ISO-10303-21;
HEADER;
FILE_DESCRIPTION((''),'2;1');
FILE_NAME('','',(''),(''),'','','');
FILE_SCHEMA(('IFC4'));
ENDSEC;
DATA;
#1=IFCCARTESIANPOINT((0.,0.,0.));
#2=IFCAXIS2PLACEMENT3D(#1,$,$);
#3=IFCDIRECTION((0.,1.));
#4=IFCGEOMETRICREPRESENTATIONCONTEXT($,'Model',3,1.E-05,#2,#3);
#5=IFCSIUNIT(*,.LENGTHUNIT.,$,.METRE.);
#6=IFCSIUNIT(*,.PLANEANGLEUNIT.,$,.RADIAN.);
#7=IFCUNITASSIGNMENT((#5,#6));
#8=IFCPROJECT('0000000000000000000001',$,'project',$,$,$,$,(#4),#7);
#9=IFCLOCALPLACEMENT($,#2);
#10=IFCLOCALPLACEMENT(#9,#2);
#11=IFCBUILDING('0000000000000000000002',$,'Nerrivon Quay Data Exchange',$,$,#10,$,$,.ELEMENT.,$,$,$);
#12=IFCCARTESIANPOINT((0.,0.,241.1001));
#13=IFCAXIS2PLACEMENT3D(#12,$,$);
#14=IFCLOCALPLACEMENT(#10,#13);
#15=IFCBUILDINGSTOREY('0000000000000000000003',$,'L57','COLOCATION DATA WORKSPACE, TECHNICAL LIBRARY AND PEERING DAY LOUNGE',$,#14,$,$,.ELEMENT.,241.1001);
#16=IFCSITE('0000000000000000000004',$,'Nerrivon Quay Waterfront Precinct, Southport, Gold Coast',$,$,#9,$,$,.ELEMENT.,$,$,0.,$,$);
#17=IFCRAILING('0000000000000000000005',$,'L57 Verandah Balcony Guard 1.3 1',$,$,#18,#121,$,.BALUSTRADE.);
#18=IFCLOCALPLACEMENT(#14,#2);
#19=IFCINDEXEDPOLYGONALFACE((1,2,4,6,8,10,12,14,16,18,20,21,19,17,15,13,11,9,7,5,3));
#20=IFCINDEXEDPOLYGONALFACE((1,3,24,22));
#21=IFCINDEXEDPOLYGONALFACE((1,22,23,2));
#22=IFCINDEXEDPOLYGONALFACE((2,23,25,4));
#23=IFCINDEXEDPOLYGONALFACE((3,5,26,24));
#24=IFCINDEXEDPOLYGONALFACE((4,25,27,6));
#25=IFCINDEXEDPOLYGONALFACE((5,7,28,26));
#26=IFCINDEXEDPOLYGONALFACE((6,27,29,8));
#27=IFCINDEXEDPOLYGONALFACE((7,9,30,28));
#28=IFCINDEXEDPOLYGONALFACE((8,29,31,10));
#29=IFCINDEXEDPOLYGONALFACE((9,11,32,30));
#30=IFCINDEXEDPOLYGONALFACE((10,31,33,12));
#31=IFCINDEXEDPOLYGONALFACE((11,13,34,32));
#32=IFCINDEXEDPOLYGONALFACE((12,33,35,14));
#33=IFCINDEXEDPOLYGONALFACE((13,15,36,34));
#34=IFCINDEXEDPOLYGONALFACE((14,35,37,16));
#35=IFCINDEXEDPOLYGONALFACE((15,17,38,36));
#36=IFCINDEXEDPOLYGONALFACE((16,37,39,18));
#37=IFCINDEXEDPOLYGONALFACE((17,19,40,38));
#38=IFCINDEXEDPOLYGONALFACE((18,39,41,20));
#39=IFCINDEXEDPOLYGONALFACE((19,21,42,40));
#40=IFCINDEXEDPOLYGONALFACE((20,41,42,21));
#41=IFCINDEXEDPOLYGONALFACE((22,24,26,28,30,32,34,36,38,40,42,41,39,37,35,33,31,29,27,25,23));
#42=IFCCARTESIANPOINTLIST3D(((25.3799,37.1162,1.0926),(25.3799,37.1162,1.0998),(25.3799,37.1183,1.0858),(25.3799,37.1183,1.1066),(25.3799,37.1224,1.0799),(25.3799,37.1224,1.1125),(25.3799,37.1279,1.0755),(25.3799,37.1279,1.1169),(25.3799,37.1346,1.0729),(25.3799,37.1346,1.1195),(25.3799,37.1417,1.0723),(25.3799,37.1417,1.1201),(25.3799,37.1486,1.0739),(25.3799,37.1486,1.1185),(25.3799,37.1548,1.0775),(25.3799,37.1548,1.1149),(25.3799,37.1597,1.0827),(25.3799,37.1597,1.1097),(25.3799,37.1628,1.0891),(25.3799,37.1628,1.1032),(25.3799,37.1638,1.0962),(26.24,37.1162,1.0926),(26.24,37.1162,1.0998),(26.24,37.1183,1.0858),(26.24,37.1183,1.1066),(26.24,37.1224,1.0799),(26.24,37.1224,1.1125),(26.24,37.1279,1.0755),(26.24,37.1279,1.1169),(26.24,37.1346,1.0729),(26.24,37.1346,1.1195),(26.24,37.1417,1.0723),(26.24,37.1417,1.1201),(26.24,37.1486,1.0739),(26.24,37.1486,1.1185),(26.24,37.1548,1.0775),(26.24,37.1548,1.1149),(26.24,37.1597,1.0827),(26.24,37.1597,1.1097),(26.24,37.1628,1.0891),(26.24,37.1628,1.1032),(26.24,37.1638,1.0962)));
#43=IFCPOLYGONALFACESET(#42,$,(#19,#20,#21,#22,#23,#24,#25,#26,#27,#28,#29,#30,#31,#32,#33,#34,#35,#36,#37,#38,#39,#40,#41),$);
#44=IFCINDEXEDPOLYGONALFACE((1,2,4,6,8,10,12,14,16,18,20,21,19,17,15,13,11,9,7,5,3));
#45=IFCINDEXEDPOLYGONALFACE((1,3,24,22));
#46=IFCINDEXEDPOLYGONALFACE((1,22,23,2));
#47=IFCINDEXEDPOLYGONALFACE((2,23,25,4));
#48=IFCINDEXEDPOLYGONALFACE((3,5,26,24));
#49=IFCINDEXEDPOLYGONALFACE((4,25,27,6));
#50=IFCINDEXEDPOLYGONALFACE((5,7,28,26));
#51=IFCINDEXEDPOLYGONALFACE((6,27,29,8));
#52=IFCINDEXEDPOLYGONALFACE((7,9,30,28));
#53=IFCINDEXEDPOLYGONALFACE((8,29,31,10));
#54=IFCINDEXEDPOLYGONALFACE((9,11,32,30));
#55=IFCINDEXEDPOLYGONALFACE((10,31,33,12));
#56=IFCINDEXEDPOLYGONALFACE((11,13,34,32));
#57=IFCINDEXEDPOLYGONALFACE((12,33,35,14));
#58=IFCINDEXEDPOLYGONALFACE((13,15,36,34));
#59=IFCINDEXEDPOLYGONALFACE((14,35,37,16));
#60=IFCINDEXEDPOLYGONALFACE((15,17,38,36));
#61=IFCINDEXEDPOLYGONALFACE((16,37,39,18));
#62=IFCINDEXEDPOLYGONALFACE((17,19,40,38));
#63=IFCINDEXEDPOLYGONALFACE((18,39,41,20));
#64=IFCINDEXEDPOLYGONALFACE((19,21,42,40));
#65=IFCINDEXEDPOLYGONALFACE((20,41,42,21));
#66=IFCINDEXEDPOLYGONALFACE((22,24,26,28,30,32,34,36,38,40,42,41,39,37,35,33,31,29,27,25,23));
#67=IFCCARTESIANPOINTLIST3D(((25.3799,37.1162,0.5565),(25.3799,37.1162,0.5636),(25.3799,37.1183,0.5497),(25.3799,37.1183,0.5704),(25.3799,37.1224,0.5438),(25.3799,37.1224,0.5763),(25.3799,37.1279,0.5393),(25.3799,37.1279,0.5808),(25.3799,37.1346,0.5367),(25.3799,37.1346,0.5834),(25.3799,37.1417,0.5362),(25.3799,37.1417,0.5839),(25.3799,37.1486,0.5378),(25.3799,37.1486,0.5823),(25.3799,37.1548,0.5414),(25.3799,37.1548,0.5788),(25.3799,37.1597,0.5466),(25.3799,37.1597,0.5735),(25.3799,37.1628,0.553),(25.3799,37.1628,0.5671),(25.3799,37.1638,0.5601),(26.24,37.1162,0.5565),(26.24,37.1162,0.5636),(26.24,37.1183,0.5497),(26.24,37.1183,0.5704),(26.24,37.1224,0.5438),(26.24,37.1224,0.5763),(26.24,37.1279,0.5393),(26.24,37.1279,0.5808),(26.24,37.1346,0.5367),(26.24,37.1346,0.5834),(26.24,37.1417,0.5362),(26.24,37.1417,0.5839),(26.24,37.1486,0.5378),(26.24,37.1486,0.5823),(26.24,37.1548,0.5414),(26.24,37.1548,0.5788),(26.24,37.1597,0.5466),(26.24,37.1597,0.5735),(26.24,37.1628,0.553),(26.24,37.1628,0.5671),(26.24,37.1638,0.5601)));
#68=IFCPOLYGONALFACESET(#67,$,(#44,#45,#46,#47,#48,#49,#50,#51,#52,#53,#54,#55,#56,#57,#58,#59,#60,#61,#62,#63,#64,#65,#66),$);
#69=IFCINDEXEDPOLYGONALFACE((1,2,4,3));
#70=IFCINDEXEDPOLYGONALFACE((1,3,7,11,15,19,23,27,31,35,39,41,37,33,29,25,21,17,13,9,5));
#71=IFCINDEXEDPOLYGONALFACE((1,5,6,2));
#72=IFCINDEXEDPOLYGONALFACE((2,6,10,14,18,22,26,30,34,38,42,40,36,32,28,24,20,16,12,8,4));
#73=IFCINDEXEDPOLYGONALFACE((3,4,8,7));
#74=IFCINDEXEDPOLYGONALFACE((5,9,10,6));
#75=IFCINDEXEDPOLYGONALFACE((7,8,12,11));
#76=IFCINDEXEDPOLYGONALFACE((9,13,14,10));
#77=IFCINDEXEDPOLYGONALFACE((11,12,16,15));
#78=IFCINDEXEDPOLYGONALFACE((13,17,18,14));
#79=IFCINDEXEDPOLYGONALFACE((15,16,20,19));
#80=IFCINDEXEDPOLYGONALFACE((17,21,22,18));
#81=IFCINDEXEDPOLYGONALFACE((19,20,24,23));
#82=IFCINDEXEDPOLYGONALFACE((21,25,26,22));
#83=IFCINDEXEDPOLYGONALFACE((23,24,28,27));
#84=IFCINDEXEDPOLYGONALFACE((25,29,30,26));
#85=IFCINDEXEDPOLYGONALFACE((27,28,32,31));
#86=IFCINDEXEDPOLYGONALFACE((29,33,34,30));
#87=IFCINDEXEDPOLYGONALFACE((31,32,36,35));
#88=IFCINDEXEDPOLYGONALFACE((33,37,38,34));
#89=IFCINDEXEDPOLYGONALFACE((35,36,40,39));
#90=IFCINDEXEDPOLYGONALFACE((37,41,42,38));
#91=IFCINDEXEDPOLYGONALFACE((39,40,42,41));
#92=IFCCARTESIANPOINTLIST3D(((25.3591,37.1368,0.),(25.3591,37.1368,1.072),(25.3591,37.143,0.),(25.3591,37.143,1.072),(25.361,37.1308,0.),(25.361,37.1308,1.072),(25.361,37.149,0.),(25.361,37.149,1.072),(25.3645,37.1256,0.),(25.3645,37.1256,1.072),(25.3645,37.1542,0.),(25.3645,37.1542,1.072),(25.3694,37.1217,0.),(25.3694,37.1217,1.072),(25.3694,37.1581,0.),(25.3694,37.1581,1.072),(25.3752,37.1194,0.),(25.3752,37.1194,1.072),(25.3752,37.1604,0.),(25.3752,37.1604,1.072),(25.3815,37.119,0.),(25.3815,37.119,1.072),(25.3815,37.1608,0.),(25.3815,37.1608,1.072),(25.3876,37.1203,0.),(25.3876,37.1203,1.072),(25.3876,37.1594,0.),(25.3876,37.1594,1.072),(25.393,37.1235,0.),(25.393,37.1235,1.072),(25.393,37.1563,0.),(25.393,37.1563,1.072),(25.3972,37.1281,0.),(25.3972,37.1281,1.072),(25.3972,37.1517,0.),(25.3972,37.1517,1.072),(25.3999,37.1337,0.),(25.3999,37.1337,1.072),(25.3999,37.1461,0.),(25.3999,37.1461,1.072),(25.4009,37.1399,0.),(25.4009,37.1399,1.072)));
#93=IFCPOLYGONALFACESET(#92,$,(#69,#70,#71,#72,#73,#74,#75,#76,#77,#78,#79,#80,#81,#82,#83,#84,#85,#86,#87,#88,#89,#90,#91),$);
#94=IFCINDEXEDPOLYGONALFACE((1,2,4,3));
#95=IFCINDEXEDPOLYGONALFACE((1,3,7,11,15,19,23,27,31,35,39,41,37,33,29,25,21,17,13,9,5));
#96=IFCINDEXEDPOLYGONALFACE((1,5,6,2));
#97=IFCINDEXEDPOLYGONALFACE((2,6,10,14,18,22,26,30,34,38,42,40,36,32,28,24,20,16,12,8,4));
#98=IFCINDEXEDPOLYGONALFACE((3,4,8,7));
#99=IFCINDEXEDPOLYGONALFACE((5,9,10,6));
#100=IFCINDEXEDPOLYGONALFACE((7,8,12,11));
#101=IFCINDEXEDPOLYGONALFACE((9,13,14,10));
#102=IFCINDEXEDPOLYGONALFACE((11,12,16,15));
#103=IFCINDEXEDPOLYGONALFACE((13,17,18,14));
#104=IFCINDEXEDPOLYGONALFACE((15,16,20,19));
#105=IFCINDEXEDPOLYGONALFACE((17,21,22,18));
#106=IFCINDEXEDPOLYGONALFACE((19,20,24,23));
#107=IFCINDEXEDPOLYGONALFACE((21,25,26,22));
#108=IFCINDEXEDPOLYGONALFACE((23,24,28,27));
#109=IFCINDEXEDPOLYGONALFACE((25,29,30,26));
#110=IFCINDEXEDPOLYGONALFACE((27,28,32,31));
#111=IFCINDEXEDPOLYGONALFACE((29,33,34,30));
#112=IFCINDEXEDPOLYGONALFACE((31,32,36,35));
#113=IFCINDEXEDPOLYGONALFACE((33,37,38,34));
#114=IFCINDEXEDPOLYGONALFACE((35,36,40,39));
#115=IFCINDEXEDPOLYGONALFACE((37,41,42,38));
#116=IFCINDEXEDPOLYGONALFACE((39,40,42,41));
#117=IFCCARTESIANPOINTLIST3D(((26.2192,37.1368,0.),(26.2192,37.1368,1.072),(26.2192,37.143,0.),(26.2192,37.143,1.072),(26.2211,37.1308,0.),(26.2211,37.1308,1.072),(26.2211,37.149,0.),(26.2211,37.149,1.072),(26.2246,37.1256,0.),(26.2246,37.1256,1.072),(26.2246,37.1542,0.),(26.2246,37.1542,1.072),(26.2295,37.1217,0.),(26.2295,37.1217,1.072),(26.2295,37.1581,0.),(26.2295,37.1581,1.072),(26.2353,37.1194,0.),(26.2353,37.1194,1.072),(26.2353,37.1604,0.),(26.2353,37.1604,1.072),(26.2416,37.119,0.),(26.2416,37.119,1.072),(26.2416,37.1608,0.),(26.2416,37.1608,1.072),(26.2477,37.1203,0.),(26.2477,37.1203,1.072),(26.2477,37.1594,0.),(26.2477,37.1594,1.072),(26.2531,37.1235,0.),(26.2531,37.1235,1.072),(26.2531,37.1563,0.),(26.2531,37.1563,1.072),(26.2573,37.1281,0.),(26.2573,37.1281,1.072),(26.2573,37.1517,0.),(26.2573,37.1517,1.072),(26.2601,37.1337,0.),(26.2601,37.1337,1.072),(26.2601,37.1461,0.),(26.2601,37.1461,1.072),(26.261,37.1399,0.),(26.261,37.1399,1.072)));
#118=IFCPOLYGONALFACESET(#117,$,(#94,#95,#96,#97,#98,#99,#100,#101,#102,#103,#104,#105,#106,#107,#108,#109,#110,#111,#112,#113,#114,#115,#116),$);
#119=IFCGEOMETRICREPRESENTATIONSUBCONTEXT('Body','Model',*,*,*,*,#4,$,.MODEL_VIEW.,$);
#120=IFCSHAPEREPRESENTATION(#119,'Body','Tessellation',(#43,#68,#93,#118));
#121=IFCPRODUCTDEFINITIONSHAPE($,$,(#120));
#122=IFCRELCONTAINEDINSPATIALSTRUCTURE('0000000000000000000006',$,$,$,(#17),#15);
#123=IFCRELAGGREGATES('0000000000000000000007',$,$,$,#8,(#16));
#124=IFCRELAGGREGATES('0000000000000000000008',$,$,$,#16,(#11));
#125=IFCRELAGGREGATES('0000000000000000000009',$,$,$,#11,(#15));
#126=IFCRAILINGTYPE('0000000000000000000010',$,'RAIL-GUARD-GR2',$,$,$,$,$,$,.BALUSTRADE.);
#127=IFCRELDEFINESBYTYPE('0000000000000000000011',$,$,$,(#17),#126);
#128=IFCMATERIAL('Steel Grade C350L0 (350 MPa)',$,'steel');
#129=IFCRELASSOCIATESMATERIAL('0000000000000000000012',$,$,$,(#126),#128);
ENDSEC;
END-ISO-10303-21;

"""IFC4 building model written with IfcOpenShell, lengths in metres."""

from ifc_helpers import new_model, si_unit, direction, frame, origin, origin_2d, place, context, subcontext, project, spatial, circle, extrude, material, type_object, element, save


model = new_model("IFC4")

# Units and contexts
model_context = context("Model", 3, precision=1e-05, world=origin(), true_north=direction((0.0, 1.0)))
body_context = subcontext(model_context, "Body", "Model", "MODEL_VIEW")
ifc_project = project(units=[si_unit("LENGTHUNIT", "METRE"), si_unit("PLANEANGLEUNIT", "RADIAN")], contexts=[model_context])

# Site, building, storey
site_placement = place(None, origin())
site = spatial("IfcSite", under=ifc_project, at=site_placement, Name="Nerrivon Quay Waterfront Precinct, Southport, Gold Coast", CompositionType="ELEMENT", RefElevation=0.0)
building_placement = place(site_placement, origin())
building = spatial("IfcBuilding", under=site, at=building_placement, Name="Nerrivon Quay Data Exchange", CompositionType="ELEMENT")
storey_placement = place(building_placement, frame((0.0, 0.0, 241.1001)))
storey = spatial("IfcBuildingStorey", under=building, at=storey_placement, Name="L57", Description="COLOCATION DATA WORKSPACE, TECHNICAL LIBRARY AND PEERING DAY LOUNGE", CompositionType="ELEMENT", Elevation=241.1001)

# Shared definitions
ifc_material_1 = material(Name="Steel Grade C350L0 (350 MPa)", Category="steel")

# Railing
railing_type = type_object("IfcRailingType", Name="RAIL-GUARD-GR2", PredefinedType="BALUSTRADE", material=ifc_material_1)
railing_1_placement = place(storey_placement, frame((25.3799, 37.1399, 0.0)))
element("IfcRailing", 1, at=railing_1_placement, inside=storey, type_object=railing_type, Name="L57 Verandah Balcony Guard 1.3 1", PredefinedType="BALUSTRADE", context=body_context, shape_type="SweptSolid", body=[
    extrude(circle(Radius=0.0239, at=origin_2d()), frame((0.0, 0.0, 1.0962), z_axis=(1.0, 0.0, 0.0), x_axis=(0.0, 1.0, 0.0)), (0.0, 0.0, 1.0), 0.8601),
    extrude(circle(Radius=0.0239, at=origin_2d()), frame((0.0, 0.0, 0.5601), z_axis=(1.0, 0.0, 0.0), x_axis=(0.0, 1.0, 0.0)), (0.0, 0.0, 1.0), 0.8601),
    extrude(circle(Radius=0.021, at=origin_2d()), origin(), (0.0, 0.0, 1.0), 1.072),
    extrude(circle(Radius=0.021, at=origin_2d()), frame((0.8601, 0.0, 0.0)), (0.0, 0.0, 1.0), 1.072),
])

save(model, "model.ifc")
